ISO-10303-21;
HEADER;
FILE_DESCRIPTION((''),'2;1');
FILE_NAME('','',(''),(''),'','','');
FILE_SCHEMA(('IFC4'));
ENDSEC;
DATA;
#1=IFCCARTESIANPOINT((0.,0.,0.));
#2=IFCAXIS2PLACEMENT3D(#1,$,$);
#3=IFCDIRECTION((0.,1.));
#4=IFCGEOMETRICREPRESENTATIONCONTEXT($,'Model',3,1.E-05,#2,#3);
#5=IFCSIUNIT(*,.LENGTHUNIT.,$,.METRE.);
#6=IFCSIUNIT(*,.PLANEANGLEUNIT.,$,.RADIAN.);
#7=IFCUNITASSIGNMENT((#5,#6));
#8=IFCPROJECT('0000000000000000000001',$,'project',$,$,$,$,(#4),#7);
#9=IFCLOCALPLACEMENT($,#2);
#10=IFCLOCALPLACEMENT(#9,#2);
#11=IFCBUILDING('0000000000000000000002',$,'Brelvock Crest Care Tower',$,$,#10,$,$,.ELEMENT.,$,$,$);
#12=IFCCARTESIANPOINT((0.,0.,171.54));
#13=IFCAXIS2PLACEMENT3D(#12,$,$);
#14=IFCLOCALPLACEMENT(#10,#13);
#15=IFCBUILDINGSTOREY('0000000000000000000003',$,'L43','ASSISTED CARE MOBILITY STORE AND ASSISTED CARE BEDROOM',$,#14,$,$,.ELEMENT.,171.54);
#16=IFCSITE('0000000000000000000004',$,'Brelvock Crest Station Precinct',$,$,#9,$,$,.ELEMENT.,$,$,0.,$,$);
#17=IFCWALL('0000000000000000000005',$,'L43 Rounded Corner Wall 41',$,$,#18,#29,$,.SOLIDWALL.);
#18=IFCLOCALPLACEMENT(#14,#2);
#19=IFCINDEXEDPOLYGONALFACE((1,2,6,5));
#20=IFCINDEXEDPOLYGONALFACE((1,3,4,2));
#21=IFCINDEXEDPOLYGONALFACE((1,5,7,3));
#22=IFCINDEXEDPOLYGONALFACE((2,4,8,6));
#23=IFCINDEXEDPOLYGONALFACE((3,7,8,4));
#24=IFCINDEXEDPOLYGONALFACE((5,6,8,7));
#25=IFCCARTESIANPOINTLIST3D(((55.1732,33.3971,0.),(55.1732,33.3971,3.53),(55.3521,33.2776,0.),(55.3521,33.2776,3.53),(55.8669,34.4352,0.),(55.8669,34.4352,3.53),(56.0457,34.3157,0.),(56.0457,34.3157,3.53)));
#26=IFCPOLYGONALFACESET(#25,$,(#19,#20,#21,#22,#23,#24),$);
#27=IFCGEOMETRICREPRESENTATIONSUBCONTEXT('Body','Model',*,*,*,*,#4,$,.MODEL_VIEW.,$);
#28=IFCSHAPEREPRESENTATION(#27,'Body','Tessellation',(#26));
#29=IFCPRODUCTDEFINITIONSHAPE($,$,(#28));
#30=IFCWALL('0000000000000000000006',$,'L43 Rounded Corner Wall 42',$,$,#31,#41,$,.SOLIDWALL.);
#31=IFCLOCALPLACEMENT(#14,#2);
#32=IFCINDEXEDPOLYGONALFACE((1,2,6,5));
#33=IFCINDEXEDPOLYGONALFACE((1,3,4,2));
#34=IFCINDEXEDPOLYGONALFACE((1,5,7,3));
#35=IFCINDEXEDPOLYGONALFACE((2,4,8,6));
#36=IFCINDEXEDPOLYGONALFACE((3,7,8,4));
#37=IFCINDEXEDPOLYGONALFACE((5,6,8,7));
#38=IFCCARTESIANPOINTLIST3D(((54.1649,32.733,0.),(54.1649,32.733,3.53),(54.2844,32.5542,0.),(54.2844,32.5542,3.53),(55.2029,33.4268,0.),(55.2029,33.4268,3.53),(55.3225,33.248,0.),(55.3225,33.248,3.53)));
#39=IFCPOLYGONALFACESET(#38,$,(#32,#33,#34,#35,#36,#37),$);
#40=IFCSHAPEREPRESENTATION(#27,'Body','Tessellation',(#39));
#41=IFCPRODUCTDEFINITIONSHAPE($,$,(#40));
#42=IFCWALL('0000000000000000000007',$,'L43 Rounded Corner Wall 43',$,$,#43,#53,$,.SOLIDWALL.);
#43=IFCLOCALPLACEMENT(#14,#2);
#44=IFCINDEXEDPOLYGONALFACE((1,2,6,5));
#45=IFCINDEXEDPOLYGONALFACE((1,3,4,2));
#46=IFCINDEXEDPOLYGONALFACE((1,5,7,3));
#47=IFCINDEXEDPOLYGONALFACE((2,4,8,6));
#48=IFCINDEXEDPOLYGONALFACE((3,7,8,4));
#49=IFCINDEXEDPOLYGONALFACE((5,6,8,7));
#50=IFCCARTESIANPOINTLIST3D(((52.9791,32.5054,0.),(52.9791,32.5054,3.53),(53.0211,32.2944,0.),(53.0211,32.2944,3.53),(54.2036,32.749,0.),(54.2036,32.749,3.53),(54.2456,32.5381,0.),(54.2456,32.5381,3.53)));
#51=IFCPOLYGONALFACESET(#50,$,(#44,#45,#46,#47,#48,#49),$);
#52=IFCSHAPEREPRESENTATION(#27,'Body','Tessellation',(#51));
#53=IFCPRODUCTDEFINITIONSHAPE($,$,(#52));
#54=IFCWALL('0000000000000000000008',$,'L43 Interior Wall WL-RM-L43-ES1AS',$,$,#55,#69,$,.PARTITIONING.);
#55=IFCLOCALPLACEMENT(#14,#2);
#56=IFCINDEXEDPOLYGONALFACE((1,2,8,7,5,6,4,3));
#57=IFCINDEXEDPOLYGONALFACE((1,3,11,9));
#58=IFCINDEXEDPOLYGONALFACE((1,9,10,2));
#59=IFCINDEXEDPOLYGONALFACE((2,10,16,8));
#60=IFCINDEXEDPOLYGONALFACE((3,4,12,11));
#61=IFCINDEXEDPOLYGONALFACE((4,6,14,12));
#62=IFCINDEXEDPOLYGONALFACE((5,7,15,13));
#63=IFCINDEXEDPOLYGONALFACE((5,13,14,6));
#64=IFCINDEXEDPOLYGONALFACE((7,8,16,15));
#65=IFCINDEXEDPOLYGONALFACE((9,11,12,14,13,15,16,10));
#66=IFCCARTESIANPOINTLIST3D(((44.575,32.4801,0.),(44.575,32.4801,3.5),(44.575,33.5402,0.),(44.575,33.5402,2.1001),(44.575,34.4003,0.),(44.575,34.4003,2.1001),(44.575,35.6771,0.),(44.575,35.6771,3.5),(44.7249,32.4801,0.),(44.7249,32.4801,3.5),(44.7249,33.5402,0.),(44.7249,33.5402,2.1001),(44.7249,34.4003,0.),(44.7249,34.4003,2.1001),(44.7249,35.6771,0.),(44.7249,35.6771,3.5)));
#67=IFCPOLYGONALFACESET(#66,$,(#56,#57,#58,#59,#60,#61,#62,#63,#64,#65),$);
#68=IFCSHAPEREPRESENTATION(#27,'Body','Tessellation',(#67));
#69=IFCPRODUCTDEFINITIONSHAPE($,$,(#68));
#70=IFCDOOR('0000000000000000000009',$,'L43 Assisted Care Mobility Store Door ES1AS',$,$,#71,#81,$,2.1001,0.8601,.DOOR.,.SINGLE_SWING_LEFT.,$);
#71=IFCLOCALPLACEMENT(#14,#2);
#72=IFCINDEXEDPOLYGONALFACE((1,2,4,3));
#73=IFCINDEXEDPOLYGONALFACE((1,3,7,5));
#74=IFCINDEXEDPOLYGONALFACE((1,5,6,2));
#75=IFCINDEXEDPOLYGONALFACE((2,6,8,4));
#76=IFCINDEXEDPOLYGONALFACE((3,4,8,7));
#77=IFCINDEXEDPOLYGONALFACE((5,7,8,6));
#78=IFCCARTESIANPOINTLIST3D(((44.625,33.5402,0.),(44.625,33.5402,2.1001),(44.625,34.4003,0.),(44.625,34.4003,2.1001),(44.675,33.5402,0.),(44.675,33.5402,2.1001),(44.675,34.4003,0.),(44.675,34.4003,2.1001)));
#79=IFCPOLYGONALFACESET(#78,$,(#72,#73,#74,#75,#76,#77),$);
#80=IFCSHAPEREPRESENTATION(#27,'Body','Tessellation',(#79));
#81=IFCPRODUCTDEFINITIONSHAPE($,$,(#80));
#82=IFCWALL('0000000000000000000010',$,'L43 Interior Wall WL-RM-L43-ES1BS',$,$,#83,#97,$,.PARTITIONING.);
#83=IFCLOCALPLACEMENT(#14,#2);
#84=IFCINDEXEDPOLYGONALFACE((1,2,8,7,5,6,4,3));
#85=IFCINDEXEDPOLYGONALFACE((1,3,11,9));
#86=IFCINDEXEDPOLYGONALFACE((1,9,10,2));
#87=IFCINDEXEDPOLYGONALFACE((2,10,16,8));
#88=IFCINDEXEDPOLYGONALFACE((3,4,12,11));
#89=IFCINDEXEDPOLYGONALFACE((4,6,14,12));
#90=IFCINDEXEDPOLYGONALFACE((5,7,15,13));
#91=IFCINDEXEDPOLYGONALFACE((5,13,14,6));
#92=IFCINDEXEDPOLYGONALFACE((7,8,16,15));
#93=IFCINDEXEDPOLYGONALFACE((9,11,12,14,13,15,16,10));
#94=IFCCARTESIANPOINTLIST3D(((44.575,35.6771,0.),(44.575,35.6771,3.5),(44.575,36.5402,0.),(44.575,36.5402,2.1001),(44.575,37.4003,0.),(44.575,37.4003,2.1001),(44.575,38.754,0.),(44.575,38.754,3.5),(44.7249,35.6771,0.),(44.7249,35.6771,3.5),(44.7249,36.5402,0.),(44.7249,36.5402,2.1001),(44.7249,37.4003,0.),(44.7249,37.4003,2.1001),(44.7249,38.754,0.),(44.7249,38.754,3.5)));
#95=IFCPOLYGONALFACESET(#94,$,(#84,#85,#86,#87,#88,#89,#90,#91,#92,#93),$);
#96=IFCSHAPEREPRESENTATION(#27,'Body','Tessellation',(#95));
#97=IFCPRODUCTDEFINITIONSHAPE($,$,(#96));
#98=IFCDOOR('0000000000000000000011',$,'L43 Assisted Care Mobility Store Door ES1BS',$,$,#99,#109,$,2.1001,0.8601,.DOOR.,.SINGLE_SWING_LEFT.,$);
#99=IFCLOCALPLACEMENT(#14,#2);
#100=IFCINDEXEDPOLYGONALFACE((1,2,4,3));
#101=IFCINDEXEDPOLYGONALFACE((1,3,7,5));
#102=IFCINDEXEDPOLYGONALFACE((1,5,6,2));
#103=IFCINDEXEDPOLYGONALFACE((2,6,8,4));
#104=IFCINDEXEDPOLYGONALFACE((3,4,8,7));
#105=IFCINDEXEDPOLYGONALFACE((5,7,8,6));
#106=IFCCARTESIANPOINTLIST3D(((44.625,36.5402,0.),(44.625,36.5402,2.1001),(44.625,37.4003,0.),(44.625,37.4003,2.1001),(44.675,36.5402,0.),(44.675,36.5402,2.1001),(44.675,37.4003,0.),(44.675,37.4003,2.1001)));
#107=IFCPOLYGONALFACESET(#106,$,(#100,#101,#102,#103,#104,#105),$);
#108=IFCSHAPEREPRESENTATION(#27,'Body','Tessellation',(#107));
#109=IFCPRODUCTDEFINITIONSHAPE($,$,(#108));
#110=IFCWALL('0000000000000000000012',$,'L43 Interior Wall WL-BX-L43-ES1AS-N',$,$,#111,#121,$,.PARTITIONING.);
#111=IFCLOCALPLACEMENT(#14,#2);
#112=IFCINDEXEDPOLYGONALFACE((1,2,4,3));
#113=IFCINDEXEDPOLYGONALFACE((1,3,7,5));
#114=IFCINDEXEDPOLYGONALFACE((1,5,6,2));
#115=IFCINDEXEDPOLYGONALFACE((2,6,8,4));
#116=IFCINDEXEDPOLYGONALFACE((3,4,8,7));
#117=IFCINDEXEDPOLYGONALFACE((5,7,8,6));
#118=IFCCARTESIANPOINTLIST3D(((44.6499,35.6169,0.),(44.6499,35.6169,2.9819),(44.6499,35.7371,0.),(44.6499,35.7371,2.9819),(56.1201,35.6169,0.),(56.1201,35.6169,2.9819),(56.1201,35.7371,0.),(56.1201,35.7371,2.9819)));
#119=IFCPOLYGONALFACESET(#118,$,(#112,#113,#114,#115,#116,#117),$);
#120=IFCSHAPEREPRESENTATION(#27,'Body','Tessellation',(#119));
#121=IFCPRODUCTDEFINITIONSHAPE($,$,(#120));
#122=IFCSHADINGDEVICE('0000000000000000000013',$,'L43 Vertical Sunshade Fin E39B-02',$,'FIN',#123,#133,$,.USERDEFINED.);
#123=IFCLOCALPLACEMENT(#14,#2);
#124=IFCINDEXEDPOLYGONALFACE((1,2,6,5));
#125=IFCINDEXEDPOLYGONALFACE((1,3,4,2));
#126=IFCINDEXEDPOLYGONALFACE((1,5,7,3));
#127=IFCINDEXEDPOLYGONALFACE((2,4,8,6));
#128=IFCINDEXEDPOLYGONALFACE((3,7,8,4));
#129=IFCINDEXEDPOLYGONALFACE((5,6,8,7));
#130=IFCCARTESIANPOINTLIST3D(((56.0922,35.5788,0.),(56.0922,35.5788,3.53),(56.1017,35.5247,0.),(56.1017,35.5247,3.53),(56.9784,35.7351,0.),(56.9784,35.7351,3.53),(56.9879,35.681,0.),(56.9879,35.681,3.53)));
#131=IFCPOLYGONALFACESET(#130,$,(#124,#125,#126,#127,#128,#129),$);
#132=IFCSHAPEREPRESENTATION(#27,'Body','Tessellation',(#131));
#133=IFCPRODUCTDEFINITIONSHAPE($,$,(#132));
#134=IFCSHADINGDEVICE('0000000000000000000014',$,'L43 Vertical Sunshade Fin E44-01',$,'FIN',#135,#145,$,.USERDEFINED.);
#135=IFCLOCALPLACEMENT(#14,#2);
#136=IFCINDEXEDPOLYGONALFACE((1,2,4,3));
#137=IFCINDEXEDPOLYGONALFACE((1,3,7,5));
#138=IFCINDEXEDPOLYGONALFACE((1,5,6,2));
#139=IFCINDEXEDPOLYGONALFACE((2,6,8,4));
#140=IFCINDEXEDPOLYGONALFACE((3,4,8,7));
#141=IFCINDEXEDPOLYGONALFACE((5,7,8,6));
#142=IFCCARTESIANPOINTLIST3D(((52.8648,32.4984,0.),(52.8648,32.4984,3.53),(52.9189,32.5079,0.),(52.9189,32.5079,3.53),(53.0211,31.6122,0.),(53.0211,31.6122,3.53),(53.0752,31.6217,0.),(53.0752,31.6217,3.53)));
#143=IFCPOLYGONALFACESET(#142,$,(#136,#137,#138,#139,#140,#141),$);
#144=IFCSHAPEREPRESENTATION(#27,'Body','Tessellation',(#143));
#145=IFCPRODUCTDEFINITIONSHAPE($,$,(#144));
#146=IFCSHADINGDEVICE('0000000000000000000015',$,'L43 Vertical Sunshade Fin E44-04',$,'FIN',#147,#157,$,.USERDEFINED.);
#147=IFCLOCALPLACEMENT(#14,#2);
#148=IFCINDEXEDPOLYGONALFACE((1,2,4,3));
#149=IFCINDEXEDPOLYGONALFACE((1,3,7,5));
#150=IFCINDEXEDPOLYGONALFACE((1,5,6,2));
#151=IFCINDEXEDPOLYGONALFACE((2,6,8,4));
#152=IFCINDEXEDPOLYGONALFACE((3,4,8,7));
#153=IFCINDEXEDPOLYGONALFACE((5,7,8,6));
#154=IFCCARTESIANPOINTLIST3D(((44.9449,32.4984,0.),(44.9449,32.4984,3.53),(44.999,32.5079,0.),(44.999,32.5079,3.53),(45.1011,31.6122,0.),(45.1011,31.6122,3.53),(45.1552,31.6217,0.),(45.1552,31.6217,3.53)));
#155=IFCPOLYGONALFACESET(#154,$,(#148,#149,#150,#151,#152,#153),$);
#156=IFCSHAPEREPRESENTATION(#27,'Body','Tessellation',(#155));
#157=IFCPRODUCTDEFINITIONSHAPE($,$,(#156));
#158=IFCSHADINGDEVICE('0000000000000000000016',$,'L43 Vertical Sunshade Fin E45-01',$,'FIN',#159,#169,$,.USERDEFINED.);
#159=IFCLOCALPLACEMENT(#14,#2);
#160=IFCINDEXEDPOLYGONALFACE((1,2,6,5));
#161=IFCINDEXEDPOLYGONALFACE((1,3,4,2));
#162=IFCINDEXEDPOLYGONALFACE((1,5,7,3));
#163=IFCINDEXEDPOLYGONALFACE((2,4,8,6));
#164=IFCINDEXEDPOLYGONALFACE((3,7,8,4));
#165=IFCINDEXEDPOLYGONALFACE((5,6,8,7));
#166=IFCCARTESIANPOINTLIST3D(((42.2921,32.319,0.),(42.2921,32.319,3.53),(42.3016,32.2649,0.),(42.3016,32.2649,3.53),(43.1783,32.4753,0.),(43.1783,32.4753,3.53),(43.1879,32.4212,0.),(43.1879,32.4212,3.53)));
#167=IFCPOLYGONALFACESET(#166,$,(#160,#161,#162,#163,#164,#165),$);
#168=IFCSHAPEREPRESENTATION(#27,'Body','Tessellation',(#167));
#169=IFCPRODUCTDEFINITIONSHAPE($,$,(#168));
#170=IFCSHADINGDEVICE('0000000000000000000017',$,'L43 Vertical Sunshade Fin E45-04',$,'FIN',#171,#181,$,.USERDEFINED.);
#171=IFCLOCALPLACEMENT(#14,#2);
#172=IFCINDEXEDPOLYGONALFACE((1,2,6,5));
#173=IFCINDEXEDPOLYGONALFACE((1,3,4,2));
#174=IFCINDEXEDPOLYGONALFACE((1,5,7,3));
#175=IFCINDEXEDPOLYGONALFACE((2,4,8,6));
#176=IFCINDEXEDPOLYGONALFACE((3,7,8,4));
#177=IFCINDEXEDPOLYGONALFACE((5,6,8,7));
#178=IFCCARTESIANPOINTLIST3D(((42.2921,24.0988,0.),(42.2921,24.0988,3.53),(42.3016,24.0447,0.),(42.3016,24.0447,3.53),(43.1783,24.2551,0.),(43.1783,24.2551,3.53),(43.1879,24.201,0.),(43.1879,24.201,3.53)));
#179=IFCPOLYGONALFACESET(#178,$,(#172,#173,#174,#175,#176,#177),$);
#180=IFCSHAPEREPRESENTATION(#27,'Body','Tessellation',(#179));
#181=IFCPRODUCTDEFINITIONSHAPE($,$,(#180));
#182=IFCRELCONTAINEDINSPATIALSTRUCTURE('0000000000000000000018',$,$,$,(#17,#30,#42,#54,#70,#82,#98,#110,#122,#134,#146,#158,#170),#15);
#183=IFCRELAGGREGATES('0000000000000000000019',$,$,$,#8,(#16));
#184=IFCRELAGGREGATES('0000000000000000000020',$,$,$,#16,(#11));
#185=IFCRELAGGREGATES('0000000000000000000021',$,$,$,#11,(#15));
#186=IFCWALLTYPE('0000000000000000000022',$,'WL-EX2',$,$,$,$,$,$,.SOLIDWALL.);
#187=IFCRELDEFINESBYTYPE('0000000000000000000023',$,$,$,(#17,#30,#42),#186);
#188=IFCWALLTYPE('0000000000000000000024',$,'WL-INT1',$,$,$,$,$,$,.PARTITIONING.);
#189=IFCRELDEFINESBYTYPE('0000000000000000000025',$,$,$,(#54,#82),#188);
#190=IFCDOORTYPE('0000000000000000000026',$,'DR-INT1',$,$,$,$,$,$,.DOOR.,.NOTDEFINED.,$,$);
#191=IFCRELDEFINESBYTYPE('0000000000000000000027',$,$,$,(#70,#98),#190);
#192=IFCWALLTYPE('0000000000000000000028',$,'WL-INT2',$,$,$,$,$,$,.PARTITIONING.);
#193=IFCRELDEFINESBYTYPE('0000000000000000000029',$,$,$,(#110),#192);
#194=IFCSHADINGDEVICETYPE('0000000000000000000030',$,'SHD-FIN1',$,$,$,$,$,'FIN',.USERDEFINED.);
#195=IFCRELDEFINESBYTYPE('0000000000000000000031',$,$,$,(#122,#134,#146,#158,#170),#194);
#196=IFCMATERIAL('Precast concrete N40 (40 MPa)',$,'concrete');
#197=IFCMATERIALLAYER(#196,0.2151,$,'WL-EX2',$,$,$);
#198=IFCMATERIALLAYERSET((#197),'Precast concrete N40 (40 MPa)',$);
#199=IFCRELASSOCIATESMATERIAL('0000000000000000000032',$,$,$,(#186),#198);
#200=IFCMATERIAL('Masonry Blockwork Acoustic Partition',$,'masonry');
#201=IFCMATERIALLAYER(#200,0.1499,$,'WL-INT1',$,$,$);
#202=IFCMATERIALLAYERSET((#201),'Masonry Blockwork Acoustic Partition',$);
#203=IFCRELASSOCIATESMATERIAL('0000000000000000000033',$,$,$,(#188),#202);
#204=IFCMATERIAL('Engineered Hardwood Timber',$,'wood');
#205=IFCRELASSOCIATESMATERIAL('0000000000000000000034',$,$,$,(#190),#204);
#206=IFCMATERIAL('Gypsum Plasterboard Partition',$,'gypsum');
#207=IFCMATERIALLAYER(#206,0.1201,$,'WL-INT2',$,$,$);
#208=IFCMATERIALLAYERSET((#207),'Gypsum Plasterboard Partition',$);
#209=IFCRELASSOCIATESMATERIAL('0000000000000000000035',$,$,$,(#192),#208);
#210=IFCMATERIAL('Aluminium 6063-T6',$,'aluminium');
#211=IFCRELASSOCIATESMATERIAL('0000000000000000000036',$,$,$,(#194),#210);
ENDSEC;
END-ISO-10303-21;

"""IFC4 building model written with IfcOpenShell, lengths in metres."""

from ifc_helpers import new_model, si_unit, direction, frame, frame_2d, origin, origin_2d, place, context, subcontext, project, spatial, rectangle, extrude, source, transform, mapped, material, layer, layer_set, material_profile, profile_set, type_object, element, fill, save


model = new_model("IFC4")

# Units and contexts
model_context = context("Model", 3, precision=1e-05, world=origin(), true_north=direction((0.0, 1.0)))
body_context = subcontext(model_context, "Body", "Model", "MODEL_VIEW")
ifc_project = project(units=[si_unit("LENGTHUNIT", "METRE"), si_unit("PLANEANGLEUNIT", "RADIAN")], contexts=[model_context])

# Site, building, storey
site_placement = place(None, origin())
site = spatial("IfcSite", under=ifc_project, at=site_placement, Name="Brelvock Crest Station Precinct", CompositionType="ELEMENT", RefElevation=0.0)
building_placement = place(site_placement, origin())
building = spatial("IfcBuilding", under=site, at=building_placement, Name="Brelvock Crest Care Tower", CompositionType="ELEMENT")
storey_placement = place(building_placement, frame((0.0, 0.0, 171.54)))
storey = spatial("IfcBuildingStorey", under=building, at=storey_placement, Name="L43", Description="ASSISTED CARE MOBILITY STORE AND ASSISTED CARE BEDROOM", CompositionType="ELEMENT", Elevation=171.54)

# Shared definitions
ifc_material_1 = material(Name="Aluminium 6063-T6", Category="aluminium")

# Walls
ifc_material_2 = material(Name="Precast concrete N40 (40 MPa)", Category="concrete")
ifc_layer_1 = layer(ifc_material_2, 0.2151, Name="WL-EX2")
ifc_layer_set_1 = layer_set([ifc_layer_1], Name="Precast concrete N40 (40 MPa)")
wall_type_1 = type_object("IfcWallType", Name="WL-EX2", PredefinedType="SOLIDWALL", material=ifc_layer_set_1)
for number, where, z_axis, x_axis, name in (
    (1, (55.9563, 34.3755, 0.0), (0.0, 0.0, 1.0), (-0.555557, -0.831478, 0.0), "L43 Rounded Corner Wall 41"),
    (2, (55.2627, 33.3374, 0.0), (0.0, 0.0, 1.0), (-0.831388, -0.555692, 0.0), "L43 Rounded Corner Wall 42"),
    (3, (54.2246, 32.6436, 0.0), (0.0, 0.0, 1.0), (-0.980776, -0.195138, 0.0), "L43 Rounded Corner Wall 43"),
):
    element("IfcWall", number, at=place(storey_placement, frame(where, z_axis=z_axis, x_axis=x_axis)), inside=storey, type_object=wall_type_1, Name=name, PredefinedType="SOLIDWALL", context=body_context, shape_type="SweptSolid", body=[
        extrude(rectangle(XDim=1.2485, YDim=0.2151, at=frame_2d((0.6243, 0.0))), origin(), (0.0, 0.0, 1.0), 3.53),
    ])

# Walls, openings, doors
ifc_material_3 = material(Name="Masonry Blockwork Acoustic Partition", Category="masonry")
ifc_layer_2 = layer(ifc_material_3, 0.1499, Name="WL-INT1")
ifc_layer_set_2 = layer_set([ifc_layer_2], Name="Masonry Blockwork Acoustic Partition")
wall_type_2 = type_object("IfcWallType", Name="WL-INT1", PredefinedType="PARTITIONING", material=ifc_layer_set_2)
wall_1_placement = place(storey_placement, frame((44.6499, 32.48, 0.0), z_axis=(0.0, 0.0, 1.0), x_axis=(0.0, 1.0, 0.0)))
wall_1 = element("IfcWall", 4, at=wall_1_placement, inside=storey, type_object=wall_type_2, Name="L43 Interior Wall WL-RM-L43-ES1AS", PredefinedType="PARTITIONING", context=body_context, shape_type="SweptSolid", body=[
    extrude(rectangle(XDim=3.197, YDim=0.1499, at=frame_2d((1.5986, 0.0))), origin(), (0.0, 0.0, 1.0), 3.5),
])
opening_1_placement = place(wall_1_placement, frame((1.0601, 0.0, 0.0)))
opening_1 = element("IfcOpeningElement", 5, at=opening_1_placement, cuts=wall_1, PredefinedType="OPENING", context=body_context, shape_type="SweptSolid", body=[
    extrude(rectangle(XDim=0.8601, YDim=2.1001, at=origin_2d()), frame((0.4302, 0.085, 1.05), z_axis=(0.0, -1.0, 0.0), x_axis=(1.0, 0.0, 0.0)), (0.0, 0.0, 1.0), 0.1699),
])
ifc_material_4 = material(Name="Engineered Hardwood Timber", Category="wood")
door_type = type_object("IfcDoorType", Name="DR-INT1", OperationType="NOTDEFINED", PredefinedType="DOOR", material=ifc_material_4)
shared_shape_1 = source(origin(), body_context, "Body", "SweptSolid", [
    extrude(rectangle(XDim=0.8601, YDim=2.1001, at=origin_2d()), frame((0.4302, 0.0249, 1.05), z_axis=(0.0, -1.0, 0.0), x_axis=(1.0, 0.0, 0.0)), (0.0, 0.0, 1.0), 0.05),
])
door_1_placement = place(opening_1_placement, origin())
door_1 = element("IfcDoor", 6, at=door_1_placement, inside=storey, type_object=door_type, Name="L43 Assisted Care Mobility Store Door ES1AS", OperationType="SINGLE_SWING_LEFT", OverallHeight=2.1001, OverallWidth=0.8601, PredefinedType="DOOR", context=body_context, shape_type="MappedRepresentation", body=[
    mapped(shared_shape_1, transform((0.0, 0.0, 0.0), x_axis=(1.0, 0.0, 0.0), y_axis=(0.0, 1.0, 0.0), z_axis=(0.0, 0.0, 1.0), scale=1.0)),
])
fill(opening_1, door_1)
wall_2_placement = place(storey_placement, frame((44.6499, 35.677, 0.0), z_axis=(0.0, 0.0, 1.0), x_axis=(0.0, 1.0, 0.0)))
wall_2 = element("IfcWall", 7, at=wall_2_placement, inside=storey, type_object=wall_type_2, Name="L43 Interior Wall WL-RM-L43-ES1BS", PredefinedType="PARTITIONING", context=body_context, shape_type="SweptSolid", body=[
    extrude(rectangle(XDim=3.0769, YDim=0.1499, at=frame_2d((1.5386, 0.0))), origin(), (0.0, 0.0, 1.0), 3.5),
])
opening_2_placement = place(wall_2_placement, frame((0.863, 0.0, 0.0)))
opening_2 = element("IfcOpeningElement", 8, at=opening_2_placement, cuts=wall_2, PredefinedType="OPENING", context=body_context, shape_type="SweptSolid", body=[
    extrude(rectangle(XDim=0.8601, YDim=2.1001, at=origin_2d()), frame((0.4302, 0.085, 1.05), z_axis=(0.0, -1.0, 0.0), x_axis=(1.0, 0.0, 0.0)), (0.0, 0.0, 1.0), 0.1699),
])
door_2_placement = place(opening_2_placement, origin())
door_2 = element("IfcDoor", 9, at=door_2_placement, inside=storey, type_object=door_type, Name="L43 Assisted Care Mobility Store Door ES1BS", OperationType="SINGLE_SWING_LEFT", OverallHeight=2.1001, OverallWidth=0.8601, PredefinedType="DOOR", context=body_context, shape_type="MappedRepresentation", body=[
    mapped(shared_shape_1, transform((0.0, 0.0, 0.0), x_axis=(1.0, 0.0, 0.0), y_axis=(0.0, 1.0, 0.0), z_axis=(0.0, 0.0, 1.0), scale=1.0)),
])
fill(opening_2, door_2)

# Wall
ifc_material_5 = material(Name="Gypsum Plasterboard Partition", Category="gypsum")
ifc_layer_3 = layer(ifc_material_5, 0.1201, Name="WL-INT2")
ifc_layer_set_3 = layer_set([ifc_layer_3], Name="Gypsum Plasterboard Partition")
wall_type_3 = type_object("IfcWallType", Name="WL-INT2", PredefinedType="PARTITIONING", material=ifc_layer_set_3)
wall_3_placement = place(storey_placement, frame((44.6499, 35.677, 0.0), z_axis=(0.0, 0.0, 1.0), x_axis=(1.0, 0.0, 0.0)))
element("IfcWall", 10, at=wall_3_placement, inside=storey, type_object=wall_type_3, Name="L43 Interior Wall WL-BX-L43-ES1AS-N", PredefinedType="PARTITIONING", context=body_context, shape_type="SweptSolid", body=[
    extrude(rectangle(XDim=11.4702, YDim=0.1201, at=frame_2d((5.7351, 0.0))), origin(), (0.0, 0.0, 1.0), 2.9819),
])

# Shading devices
ifc_material_profile_1 = material_profile(ifc_material_1, rectangle(XDim=0.0549, YDim=0.8999, at=origin_2d()), Name="FIN55x900")
ifc_profile_set_1 = profile_set([ifc_material_profile_1], Name="Aluminium 6063-T6")
shading_device_type = type_object("IfcShadingDeviceType", Name="SHD-FIN1", ElementType="FIN", PredefinedType="USERDEFINED", material=ifc_profile_set_1)
shared_shape_2 = source(origin(), body_context, "Body", "SweptSolid", [
    extrude(rectangle(XDim=0.0549, YDim=0.8999, at=origin_2d()), origin(), (0.0, 0.0, 1.0), 3.53),
])
for number, where, z_axis, x_axis, name in (
    (11, (56.54, 35.6299, 0.0), (0.0, 0.0, 1.0), (0.173648, -0.984808, 0.0), "L43 Vertical Sunshade Fin E39B-02"),
    (12, (52.97, 32.0601, 0.0), (0.0, 0.0, 1.0), (-0.984808, -0.173648, 0.0), "L43 Vertical Sunshade Fin E44-01"),
    (13, (45.05, 32.0601, 0.0), (0.0, 0.0, 1.0), (-0.984808, -0.173648, 0.0), "L43 Vertical Sunshade Fin E44-04"),
    (14, (42.74, 32.3701, 0.0), (0.0, 0.0, 1.0), (0.173648, -0.984808, 0.0), "L43 Vertical Sunshade Fin E45-01"),
    (15, (42.74, 24.1499, 0.0), (0.0, 0.0, 1.0), (0.173648, -0.984808, 0.0), "L43 Vertical Sunshade Fin E45-04"),
):
    element("IfcShadingDevice", number, at=place(storey_placement, frame(where, z_axis=z_axis, x_axis=x_axis)), inside=storey, type_object=shading_device_type, Name=name, ObjectType="FIN", PredefinedType="USERDEFINED", context=body_context, shape_type="MappedRepresentation", body=[
        mapped(shared_shape_2, transform((0.0, 0.0, 0.0), x_axis=(1.0, 0.0, 0.0), y_axis=(0.0, 1.0, 0.0), z_axis=(0.0, 0.0, 1.0), scale=1.0)),
    ])

save(model, "model.ifc")
